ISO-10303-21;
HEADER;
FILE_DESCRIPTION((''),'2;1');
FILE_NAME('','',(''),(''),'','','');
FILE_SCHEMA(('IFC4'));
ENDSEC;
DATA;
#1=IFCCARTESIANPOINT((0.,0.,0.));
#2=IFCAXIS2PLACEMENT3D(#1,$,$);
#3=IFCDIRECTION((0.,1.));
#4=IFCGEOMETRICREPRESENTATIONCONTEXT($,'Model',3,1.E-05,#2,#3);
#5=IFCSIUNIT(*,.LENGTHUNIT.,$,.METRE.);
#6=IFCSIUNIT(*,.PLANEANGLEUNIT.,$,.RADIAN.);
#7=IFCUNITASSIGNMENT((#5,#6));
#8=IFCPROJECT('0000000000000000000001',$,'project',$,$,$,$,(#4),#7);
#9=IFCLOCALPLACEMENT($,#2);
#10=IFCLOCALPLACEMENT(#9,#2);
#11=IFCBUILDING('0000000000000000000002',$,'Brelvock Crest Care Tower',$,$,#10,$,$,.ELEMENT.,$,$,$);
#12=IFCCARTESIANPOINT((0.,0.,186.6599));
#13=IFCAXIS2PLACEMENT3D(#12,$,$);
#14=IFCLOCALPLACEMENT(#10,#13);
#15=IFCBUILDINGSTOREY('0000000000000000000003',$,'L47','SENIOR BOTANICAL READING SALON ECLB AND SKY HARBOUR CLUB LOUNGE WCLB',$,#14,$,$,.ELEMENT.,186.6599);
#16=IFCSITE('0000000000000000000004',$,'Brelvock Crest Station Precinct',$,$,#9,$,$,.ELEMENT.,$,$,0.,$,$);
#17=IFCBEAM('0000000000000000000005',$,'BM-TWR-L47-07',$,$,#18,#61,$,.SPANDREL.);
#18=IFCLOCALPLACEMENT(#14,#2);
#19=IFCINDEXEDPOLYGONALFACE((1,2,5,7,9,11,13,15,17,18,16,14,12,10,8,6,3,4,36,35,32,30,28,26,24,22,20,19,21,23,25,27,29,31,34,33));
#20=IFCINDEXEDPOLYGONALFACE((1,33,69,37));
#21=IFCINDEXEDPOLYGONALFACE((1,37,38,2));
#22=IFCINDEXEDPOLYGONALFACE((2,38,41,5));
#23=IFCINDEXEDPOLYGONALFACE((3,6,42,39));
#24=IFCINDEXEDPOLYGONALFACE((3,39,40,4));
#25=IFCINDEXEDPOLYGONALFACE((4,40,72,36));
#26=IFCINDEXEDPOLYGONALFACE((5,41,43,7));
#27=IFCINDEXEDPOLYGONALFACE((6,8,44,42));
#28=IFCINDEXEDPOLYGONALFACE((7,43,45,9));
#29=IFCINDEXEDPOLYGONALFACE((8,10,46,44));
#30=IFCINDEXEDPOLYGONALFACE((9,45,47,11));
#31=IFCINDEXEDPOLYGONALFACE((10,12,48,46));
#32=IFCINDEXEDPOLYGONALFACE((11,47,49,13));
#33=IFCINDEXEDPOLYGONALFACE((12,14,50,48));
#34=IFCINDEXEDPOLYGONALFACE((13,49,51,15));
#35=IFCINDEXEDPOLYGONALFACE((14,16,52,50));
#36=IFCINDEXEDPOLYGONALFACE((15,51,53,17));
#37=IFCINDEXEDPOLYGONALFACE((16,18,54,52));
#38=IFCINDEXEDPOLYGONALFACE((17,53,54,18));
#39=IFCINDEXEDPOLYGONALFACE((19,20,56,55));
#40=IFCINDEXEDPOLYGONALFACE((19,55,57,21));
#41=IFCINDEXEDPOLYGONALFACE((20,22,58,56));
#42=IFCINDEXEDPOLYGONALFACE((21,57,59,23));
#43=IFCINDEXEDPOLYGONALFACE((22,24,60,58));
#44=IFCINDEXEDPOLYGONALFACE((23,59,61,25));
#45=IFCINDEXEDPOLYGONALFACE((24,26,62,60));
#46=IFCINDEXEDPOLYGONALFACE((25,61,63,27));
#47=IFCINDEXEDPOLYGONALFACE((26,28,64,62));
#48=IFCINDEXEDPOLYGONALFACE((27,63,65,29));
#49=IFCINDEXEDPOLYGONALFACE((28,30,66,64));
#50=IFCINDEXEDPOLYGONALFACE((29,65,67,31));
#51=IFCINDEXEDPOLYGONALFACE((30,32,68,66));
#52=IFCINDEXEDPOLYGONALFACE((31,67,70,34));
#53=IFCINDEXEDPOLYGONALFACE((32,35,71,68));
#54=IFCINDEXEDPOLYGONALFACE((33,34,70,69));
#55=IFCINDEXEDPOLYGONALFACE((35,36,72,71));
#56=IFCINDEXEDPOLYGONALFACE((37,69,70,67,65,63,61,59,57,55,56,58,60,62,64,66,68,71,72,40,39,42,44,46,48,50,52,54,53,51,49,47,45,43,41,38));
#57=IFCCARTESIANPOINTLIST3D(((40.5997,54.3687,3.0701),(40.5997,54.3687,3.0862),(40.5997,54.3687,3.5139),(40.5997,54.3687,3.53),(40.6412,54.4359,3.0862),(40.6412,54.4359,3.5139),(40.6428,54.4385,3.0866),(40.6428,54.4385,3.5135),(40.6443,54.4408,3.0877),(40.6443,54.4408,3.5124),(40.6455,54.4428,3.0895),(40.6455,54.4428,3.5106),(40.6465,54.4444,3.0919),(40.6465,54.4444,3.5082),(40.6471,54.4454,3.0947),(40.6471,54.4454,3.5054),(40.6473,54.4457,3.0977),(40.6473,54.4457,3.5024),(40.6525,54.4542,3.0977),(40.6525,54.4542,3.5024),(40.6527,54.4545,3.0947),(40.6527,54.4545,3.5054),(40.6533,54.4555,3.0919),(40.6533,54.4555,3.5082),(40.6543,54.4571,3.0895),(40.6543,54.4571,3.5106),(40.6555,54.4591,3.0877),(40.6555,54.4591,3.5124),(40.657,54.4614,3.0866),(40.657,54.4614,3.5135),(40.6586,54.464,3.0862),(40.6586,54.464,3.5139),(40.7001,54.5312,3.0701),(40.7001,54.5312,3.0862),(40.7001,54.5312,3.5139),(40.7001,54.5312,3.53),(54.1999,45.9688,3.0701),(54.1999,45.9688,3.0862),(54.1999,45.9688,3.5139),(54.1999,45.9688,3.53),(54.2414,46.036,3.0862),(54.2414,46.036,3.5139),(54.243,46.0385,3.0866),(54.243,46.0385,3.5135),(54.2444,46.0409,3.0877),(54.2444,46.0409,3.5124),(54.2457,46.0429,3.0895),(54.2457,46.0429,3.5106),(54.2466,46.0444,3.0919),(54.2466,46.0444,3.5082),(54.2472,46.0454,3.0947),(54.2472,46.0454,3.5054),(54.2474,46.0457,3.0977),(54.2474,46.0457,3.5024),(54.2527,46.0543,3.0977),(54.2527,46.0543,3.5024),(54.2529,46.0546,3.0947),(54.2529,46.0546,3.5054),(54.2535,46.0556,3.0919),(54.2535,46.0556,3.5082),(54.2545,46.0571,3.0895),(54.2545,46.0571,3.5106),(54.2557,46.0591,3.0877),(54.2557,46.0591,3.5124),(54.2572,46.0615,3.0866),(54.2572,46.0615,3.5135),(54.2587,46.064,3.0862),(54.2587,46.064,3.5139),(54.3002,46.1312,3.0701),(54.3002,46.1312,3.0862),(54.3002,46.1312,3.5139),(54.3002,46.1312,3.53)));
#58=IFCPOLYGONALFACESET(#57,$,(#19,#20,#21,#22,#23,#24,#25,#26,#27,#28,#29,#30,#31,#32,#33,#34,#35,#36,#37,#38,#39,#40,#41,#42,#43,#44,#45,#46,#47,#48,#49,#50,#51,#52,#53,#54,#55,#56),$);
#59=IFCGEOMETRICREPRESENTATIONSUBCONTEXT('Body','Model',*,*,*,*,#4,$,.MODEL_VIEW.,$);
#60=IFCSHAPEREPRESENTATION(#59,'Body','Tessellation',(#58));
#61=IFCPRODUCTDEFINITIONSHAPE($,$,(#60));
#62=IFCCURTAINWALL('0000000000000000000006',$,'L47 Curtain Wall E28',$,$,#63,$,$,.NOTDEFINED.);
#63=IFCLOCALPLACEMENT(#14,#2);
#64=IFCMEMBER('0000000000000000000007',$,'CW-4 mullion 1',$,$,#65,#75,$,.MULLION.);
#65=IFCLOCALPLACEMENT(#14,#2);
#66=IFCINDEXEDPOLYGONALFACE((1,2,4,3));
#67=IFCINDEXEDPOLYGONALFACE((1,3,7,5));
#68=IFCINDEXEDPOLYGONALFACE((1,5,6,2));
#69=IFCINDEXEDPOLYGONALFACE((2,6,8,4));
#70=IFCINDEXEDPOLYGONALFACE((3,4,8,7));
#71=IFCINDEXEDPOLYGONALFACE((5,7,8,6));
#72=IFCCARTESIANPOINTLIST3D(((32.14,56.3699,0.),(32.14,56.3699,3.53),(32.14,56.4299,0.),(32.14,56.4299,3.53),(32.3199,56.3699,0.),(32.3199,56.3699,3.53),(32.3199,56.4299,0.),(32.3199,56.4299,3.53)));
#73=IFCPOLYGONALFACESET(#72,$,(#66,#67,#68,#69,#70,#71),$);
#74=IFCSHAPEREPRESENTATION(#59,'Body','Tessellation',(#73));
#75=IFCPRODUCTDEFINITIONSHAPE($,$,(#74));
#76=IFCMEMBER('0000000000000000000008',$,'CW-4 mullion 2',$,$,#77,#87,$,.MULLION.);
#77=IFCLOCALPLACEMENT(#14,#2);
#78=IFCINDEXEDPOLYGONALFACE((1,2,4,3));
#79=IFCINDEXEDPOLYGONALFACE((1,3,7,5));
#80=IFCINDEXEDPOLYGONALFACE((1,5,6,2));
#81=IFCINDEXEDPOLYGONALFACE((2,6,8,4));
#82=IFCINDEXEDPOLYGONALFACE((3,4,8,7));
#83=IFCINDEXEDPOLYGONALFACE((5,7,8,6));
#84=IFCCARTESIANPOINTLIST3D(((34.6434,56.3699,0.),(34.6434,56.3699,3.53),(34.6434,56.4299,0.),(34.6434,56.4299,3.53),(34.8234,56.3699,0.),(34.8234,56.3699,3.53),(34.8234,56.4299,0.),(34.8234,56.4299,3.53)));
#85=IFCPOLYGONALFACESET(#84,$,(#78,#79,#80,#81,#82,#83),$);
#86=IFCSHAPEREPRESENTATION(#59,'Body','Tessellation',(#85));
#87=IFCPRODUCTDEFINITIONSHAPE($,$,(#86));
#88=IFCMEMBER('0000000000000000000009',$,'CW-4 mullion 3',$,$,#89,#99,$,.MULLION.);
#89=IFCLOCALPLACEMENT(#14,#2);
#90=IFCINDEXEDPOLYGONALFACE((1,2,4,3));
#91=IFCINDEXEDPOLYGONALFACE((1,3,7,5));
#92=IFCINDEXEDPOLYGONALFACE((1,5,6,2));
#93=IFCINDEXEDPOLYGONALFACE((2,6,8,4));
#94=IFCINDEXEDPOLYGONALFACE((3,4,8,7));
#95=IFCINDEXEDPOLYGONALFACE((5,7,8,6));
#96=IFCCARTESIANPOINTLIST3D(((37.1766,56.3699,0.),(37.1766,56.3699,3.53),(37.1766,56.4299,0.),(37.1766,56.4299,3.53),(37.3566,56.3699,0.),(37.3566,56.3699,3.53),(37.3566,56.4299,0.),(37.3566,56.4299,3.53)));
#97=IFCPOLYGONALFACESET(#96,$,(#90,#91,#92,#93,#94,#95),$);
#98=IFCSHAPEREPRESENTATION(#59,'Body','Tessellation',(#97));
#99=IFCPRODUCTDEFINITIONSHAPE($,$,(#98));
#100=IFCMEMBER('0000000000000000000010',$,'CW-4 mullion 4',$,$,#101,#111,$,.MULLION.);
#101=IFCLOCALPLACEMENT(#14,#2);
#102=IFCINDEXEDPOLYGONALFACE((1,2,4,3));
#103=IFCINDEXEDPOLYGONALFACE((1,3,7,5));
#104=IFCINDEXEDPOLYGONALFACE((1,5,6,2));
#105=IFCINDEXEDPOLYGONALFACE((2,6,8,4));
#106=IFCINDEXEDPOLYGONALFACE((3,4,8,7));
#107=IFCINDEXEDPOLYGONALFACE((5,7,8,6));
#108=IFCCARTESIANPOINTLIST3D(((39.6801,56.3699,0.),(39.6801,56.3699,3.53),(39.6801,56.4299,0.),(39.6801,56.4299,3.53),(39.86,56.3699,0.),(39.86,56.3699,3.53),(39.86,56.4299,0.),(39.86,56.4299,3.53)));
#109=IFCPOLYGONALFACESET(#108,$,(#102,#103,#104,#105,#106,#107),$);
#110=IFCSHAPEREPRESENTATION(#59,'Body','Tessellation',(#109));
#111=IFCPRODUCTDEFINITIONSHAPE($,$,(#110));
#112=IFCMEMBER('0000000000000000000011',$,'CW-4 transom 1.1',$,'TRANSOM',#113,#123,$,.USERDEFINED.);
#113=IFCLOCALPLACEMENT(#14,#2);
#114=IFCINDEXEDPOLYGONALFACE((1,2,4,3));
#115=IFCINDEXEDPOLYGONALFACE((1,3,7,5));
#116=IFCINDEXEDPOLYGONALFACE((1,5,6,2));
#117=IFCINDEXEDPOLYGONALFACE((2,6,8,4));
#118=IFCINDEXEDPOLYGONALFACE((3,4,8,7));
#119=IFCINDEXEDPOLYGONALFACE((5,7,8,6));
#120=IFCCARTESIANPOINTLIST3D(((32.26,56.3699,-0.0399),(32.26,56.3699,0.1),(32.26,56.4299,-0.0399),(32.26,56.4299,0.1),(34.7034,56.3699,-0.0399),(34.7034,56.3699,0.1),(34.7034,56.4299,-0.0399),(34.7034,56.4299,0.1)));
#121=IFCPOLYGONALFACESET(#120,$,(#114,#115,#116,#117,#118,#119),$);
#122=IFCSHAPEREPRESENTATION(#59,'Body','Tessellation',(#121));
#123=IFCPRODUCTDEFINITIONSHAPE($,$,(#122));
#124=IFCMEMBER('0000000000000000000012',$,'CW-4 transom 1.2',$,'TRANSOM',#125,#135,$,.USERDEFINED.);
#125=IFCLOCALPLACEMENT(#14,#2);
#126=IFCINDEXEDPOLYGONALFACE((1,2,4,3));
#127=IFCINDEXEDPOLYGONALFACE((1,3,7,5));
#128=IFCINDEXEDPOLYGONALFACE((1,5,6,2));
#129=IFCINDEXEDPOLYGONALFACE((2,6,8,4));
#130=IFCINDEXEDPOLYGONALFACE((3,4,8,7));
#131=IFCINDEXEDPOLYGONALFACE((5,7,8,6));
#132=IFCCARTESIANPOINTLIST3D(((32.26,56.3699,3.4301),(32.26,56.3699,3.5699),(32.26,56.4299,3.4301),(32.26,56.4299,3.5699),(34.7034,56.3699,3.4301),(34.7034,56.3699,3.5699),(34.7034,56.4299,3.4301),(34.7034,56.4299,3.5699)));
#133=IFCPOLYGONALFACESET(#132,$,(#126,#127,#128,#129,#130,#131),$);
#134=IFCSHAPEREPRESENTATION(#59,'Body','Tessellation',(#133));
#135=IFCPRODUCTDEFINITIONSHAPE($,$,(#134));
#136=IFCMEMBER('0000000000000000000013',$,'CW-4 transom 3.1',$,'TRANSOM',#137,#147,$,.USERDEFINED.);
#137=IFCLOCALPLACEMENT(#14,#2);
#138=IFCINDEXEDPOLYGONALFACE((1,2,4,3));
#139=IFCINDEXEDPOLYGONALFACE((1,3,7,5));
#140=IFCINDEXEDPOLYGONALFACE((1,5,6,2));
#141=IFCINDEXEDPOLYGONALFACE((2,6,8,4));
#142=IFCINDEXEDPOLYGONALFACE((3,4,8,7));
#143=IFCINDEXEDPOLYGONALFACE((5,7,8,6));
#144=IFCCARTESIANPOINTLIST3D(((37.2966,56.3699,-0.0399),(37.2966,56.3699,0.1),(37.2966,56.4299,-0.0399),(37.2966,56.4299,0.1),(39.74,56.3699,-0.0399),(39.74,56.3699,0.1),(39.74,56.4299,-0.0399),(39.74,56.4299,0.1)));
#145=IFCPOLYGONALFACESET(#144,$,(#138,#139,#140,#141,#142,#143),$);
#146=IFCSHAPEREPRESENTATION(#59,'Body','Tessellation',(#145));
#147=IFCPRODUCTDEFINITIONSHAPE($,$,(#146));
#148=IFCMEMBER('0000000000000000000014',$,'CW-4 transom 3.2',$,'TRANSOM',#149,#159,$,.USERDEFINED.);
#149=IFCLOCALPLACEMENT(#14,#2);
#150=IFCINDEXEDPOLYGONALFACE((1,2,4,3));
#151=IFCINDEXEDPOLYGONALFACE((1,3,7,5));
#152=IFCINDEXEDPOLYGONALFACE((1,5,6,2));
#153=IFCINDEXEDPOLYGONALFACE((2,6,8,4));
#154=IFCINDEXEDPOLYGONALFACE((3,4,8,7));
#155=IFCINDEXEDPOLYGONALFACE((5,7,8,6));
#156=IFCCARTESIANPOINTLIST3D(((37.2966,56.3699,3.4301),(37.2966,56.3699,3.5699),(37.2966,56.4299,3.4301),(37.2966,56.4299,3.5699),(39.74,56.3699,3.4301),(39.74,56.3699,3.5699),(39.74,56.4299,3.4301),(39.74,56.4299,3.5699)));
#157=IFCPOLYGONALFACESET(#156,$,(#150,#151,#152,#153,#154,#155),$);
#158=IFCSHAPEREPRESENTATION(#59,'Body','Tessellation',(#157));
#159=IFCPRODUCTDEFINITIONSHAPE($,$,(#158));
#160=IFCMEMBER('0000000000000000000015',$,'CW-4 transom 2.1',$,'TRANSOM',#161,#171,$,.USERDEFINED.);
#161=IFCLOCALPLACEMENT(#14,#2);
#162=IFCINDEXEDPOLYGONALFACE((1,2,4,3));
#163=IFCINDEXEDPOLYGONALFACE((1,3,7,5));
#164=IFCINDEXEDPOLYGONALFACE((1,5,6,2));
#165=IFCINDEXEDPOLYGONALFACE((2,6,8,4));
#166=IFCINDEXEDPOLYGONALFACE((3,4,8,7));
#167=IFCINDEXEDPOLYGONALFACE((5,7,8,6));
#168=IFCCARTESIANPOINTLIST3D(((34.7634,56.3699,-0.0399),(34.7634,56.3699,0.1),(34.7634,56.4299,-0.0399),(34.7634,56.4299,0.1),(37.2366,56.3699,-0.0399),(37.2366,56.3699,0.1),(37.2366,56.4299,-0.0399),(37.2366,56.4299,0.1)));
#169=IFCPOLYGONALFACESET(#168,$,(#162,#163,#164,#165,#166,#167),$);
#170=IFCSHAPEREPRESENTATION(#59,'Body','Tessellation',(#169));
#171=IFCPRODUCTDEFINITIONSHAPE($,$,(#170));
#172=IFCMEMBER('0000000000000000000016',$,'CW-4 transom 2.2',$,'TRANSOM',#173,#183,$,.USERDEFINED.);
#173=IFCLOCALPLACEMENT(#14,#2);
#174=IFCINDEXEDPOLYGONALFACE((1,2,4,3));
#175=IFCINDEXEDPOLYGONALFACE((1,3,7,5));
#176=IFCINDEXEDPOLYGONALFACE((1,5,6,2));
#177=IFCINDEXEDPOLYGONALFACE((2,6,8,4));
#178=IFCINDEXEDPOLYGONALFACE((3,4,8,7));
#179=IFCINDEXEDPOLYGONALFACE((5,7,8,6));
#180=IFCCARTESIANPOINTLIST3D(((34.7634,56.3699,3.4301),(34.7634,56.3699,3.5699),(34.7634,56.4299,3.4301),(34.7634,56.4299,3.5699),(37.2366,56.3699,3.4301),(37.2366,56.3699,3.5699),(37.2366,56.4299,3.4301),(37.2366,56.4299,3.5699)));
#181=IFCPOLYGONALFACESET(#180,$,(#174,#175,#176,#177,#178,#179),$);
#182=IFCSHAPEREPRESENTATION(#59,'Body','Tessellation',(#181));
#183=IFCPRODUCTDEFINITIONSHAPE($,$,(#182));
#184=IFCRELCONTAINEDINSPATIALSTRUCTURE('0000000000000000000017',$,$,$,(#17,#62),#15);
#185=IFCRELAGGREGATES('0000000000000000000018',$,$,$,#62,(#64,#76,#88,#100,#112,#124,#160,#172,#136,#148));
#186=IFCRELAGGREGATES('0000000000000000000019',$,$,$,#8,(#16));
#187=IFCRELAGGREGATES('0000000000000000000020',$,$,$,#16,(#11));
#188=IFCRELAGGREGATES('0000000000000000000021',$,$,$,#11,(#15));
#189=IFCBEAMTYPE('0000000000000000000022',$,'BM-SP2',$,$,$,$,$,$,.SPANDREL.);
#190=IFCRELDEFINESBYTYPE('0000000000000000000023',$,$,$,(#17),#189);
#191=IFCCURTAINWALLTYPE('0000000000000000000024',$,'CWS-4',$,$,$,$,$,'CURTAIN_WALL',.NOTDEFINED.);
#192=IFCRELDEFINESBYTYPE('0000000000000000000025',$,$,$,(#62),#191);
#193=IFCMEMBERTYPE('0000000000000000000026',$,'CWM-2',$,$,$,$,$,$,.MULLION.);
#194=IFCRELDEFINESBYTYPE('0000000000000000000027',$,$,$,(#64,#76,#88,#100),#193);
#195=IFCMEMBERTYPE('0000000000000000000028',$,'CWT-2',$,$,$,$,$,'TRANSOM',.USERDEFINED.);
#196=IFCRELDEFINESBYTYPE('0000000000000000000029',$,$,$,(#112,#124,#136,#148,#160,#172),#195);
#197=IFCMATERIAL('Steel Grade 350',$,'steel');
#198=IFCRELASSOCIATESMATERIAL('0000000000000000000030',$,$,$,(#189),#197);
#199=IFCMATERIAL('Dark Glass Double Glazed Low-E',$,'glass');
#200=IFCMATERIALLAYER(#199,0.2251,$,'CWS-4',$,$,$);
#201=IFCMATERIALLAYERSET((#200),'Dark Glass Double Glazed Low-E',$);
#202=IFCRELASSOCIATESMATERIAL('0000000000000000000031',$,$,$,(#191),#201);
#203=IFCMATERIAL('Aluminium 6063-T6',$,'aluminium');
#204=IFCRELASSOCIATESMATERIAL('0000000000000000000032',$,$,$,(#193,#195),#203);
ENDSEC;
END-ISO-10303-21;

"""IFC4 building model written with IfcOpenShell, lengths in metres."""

from ifc_helpers import new_model, si_unit, direction, frame, origin, origin_2d, place, context, subcontext, project, spatial, rectangle, i_section, extrude, source, transform, mapped, material, layer, layer_set, material_profile, profile_set, type_object, element, aggregate, save


model = new_model("IFC4")

# Units and contexts
model_context = context("Model", 3, precision=1e-05, world=origin(), true_north=direction((0.0, 1.0)))
body_context = subcontext(model_context, "Body", "Model", "MODEL_VIEW")
ifc_project = project(units=[si_unit("LENGTHUNIT", "METRE"), si_unit("PLANEANGLEUNIT", "RADIAN")], contexts=[model_context])

# Site, building, storey
site_placement = place(None, origin())
site = spatial("IfcSite", under=ifc_project, at=site_placement, Name="Brelvock Crest Station Precinct", CompositionType="ELEMENT", RefElevation=0.0)
building_placement = place(site_placement, origin())
building = spatial("IfcBuilding", under=site, at=building_placement, Name="Brelvock Crest Care Tower", CompositionType="ELEMENT")
storey_placement = place(building_placement, frame((0.0, 0.0, 186.6599)))
storey = spatial("IfcBuildingStorey", under=building, at=storey_placement, Name="L47", Description="SENIOR BOTANICAL READING SALON ECLB AND SKY HARBOUR CLUB LOUNGE WCLB", CompositionType="ELEMENT", Elevation=186.6599)

# Shared definitions
ifc_material_1 = material(Name="Steel Grade 350", Category="steel")

# Beam
ifc_material_profile_1 = material_profile(ifc_material_1, i_section(OverallWidth=0.1909, OverallDepth=0.46, WebThickness=0.01, FlangeThickness=0.0161, FilletRadius=0.0115, at=origin_2d()), Name="460UB82.1")
ifc_profile_set_1 = profile_set([ifc_material_profile_1], Name="Steel Grade 350")
beam_type_1 = type_object("IfcBeamType", Name="BM-SP2", PredefinedType="SPANDREL", material=ifc_profile_set_1)
shared_shape_1 = source(origin(), body_context, "Body", "SweptSolid", [
    extrude(i_section(OverallWidth=0.1909, OverallDepth=0.46, WebThickness=0.01, FlangeThickness=0.0161, FilletRadius=0.0115, at=origin_2d()), origin(), (0.0, 0.0, 1.0), 15.9851),
])
beam_placement = place(storey_placement, frame((40.6499, 54.45, 3.3), z_axis=(0.850802, -0.525486, 0.0), x_axis=(0.525486, 0.850802, 0.0)))
element("IfcBeam", 1, at=beam_placement, inside=storey, type_object=beam_type_1, Name="BM-TWR-L47-07", PredefinedType="SPANDREL", context=body_context, shape_type="MappedRepresentation", body=[
    mapped(shared_shape_1, transform((0.0, 0.0, 0.0), x_axis=(1.0, 0.0, 0.0), y_axis=(0.0, 1.0, 0.0), z_axis=(0.0, 0.0, 1.0), scale=1.0)),
])

# Curtain wall, members
ifc_material_2 = material(Name="Dark Glass Double Glazed Low-E", Category="glass")
ifc_layer_1 = layer(ifc_material_2, 0.2251, Name="CWS-4")
ifc_layer_set_1 = layer_set([ifc_layer_1], Name="Dark Glass Double Glazed Low-E")
curtain_wall_type = type_object("IfcCurtainWallType", Name="CWS-4", ElementType="CURTAIN_WALL", PredefinedType="NOTDEFINED", material=ifc_layer_set_1)
curtain_wall_placement = place(storey_placement, origin())
curtain_wall = element("IfcCurtainWall", 2, at=curtain_wall_placement, inside=storey, type_object=curtain_wall_type, Name="L47 Curtain Wall E28", PredefinedType="NOTDEFINED")
ifc_material_3 = material(Name="Aluminium 6063-T6", Category="aluminium")
ifc_material_profile_2 = material_profile(ifc_material_3, rectangle(XDim=0.0601, YDim=0.1799, at=origin_2d()), Name="ALU60x180")
ifc_profile_set_2 = profile_set([ifc_material_profile_2], Name="Aluminium 6063-T6")
member_type_1 = type_object("IfcMemberType", Name="CWM-2", PredefinedType="MULLION", material=ifc_profile_set_2)
shared_shape_2 = source(origin(), body_context, "Body", "SweptSolid", [
    extrude(rectangle(XDim=0.0601, YDim=0.1799, at=origin_2d()), origin(), (0.0, 0.0, 1.0), 3.53),
])
member_1_placement = place(storey_placement, frame((32.23, 56.3999, 0.0), z_axis=(0.0, 0.0, 1.0), x_axis=(0.0, 1.0, 0.0)))
member_1 = element("IfcMember", 3, at=member_1_placement, type_object=member_type_1, Name="CW-4 mullion 1", PredefinedType="MULLION", context=body_context, shape_type="MappedRepresentation", body=[
    mapped(shared_shape_2, transform((0.0, 0.0, 0.0), x_axis=(1.0, 0.0, 0.0), y_axis=(0.0, 1.0, 0.0), z_axis=(0.0, 0.0, 1.0), scale=1.0)),
])
member_2_placement = place(storey_placement, frame((34.7334, 56.3999, 0.0), z_axis=(0.0, 0.0, 1.0), x_axis=(0.0, 1.0, 0.0)))
member_2 = element("IfcMember", 4, at=member_2_placement, type_object=member_type_1, Name="CW-4 mullion 2", PredefinedType="MULLION", context=body_context, shape_type="MappedRepresentation", body=[
    mapped(shared_shape_2, transform((0.0, 0.0, 0.0), x_axis=(1.0, 0.0, 0.0), y_axis=(0.0, 1.0, 0.0), z_axis=(0.0, 0.0, 1.0), scale=1.0)),
])
member_3_placement = place(storey_placement, frame((37.2666, 56.3999, 0.0), z_axis=(0.0, 0.0, 1.0), x_axis=(0.0, 1.0, 0.0)))
member_3 = element("IfcMember", 5, at=member_3_placement, type_object=member_type_1, Name="CW-4 mullion 3", PredefinedType="MULLION", context=body_context, shape_type="MappedRepresentation", body=[
    mapped(shared_shape_2, transform((0.0, 0.0, 0.0), x_axis=(1.0, 0.0, 0.0), y_axis=(0.0, 1.0, 0.0), z_axis=(0.0, 0.0, 1.0), scale=1.0)),
])
member_4_placement = place(storey_placement, frame((39.77, 56.3999, 0.0), z_axis=(0.0, 0.0, 1.0), x_axis=(0.0, 1.0, 0.0)))
member_4 = element("IfcMember", 6, at=member_4_placement, type_object=member_type_1, Name="CW-4 mullion 4", PredefinedType="MULLION", context=body_context, shape_type="MappedRepresentation", body=[
    mapped(shared_shape_2, transform((0.0, 0.0, 0.0), x_axis=(1.0, 0.0, 0.0), y_axis=(0.0, 1.0, 0.0), z_axis=(0.0, 0.0, 1.0), scale=1.0)),
])
ifc_material_profile_3 = material_profile(ifc_material_3, rectangle(XDim=0.0601, YDim=0.1399, at=origin_2d()), Name="ALU60x140")
ifc_profile_set_3 = profile_set([ifc_material_profile_3], Name="Aluminium 6063-T6")
member_type_2 = type_object("IfcMemberType", Name="CWT-2", ElementType="TRANSOM", PredefinedType="USERDEFINED", material=ifc_profile_set_3)
shared_shape_3 = source(origin(), body_context, "Body", "SweptSolid", [
    extrude(rectangle(XDim=0.0601, YDim=0.1399, at=origin_2d()), origin(), (0.0, 0.0, 1.0), 2.4434),
])
member_5_placement = place(storey_placement, frame((32.26, 56.3999, 0.03), z_axis=(1.0, 0.0, 0.0), x_axis=(0.0, 1.0, 0.0)))
member_5 = element("IfcMember", 7, at=member_5_placement, type_object=member_type_2, Name="CW-4 transom 1.1", ObjectType="TRANSOM", PredefinedType="USERDEFINED", context=body_context, shape_type="MappedRepresentation", body=[
    mapped(shared_shape_3, transform((0.0, 0.0, 0.0), x_axis=(1.0, 0.0, 0.0), y_axis=(0.0, 1.0, 0.0), z_axis=(0.0, 0.0, 1.0), scale=1.0)),
])
member_6_placement = place(storey_placement, frame((32.26, 56.3999, 3.5), z_axis=(1.0, 0.0, 0.0), x_axis=(0.0, 1.0, 0.0)))
member_6 = element("IfcMember", 8, at=member_6_placement, type_object=member_type_2, Name="CW-4 transom 1.2", ObjectType="TRANSOM", PredefinedType="USERDEFINED", context=body_context, shape_type="MappedRepresentation", body=[
    mapped(shared_shape_3, transform((0.0, 0.0, 0.0), x_axis=(1.0, 0.0, 0.0), y_axis=(0.0, 1.0, 0.0), z_axis=(0.0, 0.0, 1.0), scale=1.0)),
])
member_7_placement = place(storey_placement, frame((37.2966, 56.3999, 0.03), z_axis=(1.0, 0.0, 0.0), x_axis=(0.0, 1.0, 0.0)))
member_7 = element("IfcMember", 9, at=member_7_placement, type_object=member_type_2, Name="CW-4 transom 3.1", ObjectType="TRANSOM", PredefinedType="USERDEFINED", context=body_context, shape_type="MappedRepresentation", body=[
    mapped(shared_shape_3, transform((0.0, 0.0, 0.0), x_axis=(1.0, 0.0, 0.0), y_axis=(0.0, 1.0, 0.0), z_axis=(0.0, 0.0, 1.0), scale=1.0)),
])
member_8_placement = place(storey_placement, frame((37.2966, 56.3999, 3.5), z_axis=(1.0, 0.0, 0.0), x_axis=(0.0, 1.0, 0.0)))
member_8 = element("IfcMember", 10, at=member_8_placement, type_object=member_type_2, Name="CW-4 transom 3.2", ObjectType="TRANSOM", PredefinedType="USERDEFINED", context=body_context, shape_type="MappedRepresentation", body=[
    mapped(shared_shape_3, transform((0.0, 0.0, 0.0), x_axis=(1.0, 0.0, 0.0), y_axis=(0.0, 1.0, 0.0), z_axis=(0.0, 0.0, 1.0), scale=1.0)),
])
shared_shape_4 = source(origin(), body_context, "Body", "SweptSolid", [
    extrude(rectangle(XDim=0.0601, YDim=0.1399, at=origin_2d()), origin(), (0.0, 0.0, 1.0), 2.4731),
])
member_9_placement = place(storey_placement, frame((34.7634, 56.3999, 0.03), z_axis=(1.0, 0.0, 0.0), x_axis=(0.0, 1.0, 0.0)))
member_9 = element("IfcMember", 11, at=member_9_placement, type_object=member_type_2, Name="CW-4 transom 2.1", ObjectType="TRANSOM", PredefinedType="USERDEFINED", context=body_context, shape_type="MappedRepresentation", body=[
    mapped(shared_shape_4, transform((0.0, 0.0, 0.0), x_axis=(1.0, 0.0, 0.0), y_axis=(0.0, 1.0, 0.0), z_axis=(0.0, 0.0, 1.0), scale=1.0)),
])
member_10_placement = place(storey_placement, frame((34.7634, 56.3999, 3.5), z_axis=(1.0, 0.0, 0.0), x_axis=(0.0, 1.0, 0.0)))
member_10 = element("IfcMember", 12, at=member_10_placement, type_object=member_type_2, Name="CW-4 transom 2.2", ObjectType="TRANSOM", PredefinedType="USERDEFINED", context=body_context, shape_type="MappedRepresentation", body=[
    mapped(shared_shape_4, transform((0.0, 0.0, 0.0), x_axis=(1.0, 0.0, 0.0), y_axis=(0.0, 1.0, 0.0), z_axis=(0.0, 0.0, 1.0), scale=1.0)),
])
aggregate(curtain_wall, [member_1, member_2, member_3, member_4, member_5, member_6, member_9, member_10, member_7, member_8])

save(model, "model.ifc")
